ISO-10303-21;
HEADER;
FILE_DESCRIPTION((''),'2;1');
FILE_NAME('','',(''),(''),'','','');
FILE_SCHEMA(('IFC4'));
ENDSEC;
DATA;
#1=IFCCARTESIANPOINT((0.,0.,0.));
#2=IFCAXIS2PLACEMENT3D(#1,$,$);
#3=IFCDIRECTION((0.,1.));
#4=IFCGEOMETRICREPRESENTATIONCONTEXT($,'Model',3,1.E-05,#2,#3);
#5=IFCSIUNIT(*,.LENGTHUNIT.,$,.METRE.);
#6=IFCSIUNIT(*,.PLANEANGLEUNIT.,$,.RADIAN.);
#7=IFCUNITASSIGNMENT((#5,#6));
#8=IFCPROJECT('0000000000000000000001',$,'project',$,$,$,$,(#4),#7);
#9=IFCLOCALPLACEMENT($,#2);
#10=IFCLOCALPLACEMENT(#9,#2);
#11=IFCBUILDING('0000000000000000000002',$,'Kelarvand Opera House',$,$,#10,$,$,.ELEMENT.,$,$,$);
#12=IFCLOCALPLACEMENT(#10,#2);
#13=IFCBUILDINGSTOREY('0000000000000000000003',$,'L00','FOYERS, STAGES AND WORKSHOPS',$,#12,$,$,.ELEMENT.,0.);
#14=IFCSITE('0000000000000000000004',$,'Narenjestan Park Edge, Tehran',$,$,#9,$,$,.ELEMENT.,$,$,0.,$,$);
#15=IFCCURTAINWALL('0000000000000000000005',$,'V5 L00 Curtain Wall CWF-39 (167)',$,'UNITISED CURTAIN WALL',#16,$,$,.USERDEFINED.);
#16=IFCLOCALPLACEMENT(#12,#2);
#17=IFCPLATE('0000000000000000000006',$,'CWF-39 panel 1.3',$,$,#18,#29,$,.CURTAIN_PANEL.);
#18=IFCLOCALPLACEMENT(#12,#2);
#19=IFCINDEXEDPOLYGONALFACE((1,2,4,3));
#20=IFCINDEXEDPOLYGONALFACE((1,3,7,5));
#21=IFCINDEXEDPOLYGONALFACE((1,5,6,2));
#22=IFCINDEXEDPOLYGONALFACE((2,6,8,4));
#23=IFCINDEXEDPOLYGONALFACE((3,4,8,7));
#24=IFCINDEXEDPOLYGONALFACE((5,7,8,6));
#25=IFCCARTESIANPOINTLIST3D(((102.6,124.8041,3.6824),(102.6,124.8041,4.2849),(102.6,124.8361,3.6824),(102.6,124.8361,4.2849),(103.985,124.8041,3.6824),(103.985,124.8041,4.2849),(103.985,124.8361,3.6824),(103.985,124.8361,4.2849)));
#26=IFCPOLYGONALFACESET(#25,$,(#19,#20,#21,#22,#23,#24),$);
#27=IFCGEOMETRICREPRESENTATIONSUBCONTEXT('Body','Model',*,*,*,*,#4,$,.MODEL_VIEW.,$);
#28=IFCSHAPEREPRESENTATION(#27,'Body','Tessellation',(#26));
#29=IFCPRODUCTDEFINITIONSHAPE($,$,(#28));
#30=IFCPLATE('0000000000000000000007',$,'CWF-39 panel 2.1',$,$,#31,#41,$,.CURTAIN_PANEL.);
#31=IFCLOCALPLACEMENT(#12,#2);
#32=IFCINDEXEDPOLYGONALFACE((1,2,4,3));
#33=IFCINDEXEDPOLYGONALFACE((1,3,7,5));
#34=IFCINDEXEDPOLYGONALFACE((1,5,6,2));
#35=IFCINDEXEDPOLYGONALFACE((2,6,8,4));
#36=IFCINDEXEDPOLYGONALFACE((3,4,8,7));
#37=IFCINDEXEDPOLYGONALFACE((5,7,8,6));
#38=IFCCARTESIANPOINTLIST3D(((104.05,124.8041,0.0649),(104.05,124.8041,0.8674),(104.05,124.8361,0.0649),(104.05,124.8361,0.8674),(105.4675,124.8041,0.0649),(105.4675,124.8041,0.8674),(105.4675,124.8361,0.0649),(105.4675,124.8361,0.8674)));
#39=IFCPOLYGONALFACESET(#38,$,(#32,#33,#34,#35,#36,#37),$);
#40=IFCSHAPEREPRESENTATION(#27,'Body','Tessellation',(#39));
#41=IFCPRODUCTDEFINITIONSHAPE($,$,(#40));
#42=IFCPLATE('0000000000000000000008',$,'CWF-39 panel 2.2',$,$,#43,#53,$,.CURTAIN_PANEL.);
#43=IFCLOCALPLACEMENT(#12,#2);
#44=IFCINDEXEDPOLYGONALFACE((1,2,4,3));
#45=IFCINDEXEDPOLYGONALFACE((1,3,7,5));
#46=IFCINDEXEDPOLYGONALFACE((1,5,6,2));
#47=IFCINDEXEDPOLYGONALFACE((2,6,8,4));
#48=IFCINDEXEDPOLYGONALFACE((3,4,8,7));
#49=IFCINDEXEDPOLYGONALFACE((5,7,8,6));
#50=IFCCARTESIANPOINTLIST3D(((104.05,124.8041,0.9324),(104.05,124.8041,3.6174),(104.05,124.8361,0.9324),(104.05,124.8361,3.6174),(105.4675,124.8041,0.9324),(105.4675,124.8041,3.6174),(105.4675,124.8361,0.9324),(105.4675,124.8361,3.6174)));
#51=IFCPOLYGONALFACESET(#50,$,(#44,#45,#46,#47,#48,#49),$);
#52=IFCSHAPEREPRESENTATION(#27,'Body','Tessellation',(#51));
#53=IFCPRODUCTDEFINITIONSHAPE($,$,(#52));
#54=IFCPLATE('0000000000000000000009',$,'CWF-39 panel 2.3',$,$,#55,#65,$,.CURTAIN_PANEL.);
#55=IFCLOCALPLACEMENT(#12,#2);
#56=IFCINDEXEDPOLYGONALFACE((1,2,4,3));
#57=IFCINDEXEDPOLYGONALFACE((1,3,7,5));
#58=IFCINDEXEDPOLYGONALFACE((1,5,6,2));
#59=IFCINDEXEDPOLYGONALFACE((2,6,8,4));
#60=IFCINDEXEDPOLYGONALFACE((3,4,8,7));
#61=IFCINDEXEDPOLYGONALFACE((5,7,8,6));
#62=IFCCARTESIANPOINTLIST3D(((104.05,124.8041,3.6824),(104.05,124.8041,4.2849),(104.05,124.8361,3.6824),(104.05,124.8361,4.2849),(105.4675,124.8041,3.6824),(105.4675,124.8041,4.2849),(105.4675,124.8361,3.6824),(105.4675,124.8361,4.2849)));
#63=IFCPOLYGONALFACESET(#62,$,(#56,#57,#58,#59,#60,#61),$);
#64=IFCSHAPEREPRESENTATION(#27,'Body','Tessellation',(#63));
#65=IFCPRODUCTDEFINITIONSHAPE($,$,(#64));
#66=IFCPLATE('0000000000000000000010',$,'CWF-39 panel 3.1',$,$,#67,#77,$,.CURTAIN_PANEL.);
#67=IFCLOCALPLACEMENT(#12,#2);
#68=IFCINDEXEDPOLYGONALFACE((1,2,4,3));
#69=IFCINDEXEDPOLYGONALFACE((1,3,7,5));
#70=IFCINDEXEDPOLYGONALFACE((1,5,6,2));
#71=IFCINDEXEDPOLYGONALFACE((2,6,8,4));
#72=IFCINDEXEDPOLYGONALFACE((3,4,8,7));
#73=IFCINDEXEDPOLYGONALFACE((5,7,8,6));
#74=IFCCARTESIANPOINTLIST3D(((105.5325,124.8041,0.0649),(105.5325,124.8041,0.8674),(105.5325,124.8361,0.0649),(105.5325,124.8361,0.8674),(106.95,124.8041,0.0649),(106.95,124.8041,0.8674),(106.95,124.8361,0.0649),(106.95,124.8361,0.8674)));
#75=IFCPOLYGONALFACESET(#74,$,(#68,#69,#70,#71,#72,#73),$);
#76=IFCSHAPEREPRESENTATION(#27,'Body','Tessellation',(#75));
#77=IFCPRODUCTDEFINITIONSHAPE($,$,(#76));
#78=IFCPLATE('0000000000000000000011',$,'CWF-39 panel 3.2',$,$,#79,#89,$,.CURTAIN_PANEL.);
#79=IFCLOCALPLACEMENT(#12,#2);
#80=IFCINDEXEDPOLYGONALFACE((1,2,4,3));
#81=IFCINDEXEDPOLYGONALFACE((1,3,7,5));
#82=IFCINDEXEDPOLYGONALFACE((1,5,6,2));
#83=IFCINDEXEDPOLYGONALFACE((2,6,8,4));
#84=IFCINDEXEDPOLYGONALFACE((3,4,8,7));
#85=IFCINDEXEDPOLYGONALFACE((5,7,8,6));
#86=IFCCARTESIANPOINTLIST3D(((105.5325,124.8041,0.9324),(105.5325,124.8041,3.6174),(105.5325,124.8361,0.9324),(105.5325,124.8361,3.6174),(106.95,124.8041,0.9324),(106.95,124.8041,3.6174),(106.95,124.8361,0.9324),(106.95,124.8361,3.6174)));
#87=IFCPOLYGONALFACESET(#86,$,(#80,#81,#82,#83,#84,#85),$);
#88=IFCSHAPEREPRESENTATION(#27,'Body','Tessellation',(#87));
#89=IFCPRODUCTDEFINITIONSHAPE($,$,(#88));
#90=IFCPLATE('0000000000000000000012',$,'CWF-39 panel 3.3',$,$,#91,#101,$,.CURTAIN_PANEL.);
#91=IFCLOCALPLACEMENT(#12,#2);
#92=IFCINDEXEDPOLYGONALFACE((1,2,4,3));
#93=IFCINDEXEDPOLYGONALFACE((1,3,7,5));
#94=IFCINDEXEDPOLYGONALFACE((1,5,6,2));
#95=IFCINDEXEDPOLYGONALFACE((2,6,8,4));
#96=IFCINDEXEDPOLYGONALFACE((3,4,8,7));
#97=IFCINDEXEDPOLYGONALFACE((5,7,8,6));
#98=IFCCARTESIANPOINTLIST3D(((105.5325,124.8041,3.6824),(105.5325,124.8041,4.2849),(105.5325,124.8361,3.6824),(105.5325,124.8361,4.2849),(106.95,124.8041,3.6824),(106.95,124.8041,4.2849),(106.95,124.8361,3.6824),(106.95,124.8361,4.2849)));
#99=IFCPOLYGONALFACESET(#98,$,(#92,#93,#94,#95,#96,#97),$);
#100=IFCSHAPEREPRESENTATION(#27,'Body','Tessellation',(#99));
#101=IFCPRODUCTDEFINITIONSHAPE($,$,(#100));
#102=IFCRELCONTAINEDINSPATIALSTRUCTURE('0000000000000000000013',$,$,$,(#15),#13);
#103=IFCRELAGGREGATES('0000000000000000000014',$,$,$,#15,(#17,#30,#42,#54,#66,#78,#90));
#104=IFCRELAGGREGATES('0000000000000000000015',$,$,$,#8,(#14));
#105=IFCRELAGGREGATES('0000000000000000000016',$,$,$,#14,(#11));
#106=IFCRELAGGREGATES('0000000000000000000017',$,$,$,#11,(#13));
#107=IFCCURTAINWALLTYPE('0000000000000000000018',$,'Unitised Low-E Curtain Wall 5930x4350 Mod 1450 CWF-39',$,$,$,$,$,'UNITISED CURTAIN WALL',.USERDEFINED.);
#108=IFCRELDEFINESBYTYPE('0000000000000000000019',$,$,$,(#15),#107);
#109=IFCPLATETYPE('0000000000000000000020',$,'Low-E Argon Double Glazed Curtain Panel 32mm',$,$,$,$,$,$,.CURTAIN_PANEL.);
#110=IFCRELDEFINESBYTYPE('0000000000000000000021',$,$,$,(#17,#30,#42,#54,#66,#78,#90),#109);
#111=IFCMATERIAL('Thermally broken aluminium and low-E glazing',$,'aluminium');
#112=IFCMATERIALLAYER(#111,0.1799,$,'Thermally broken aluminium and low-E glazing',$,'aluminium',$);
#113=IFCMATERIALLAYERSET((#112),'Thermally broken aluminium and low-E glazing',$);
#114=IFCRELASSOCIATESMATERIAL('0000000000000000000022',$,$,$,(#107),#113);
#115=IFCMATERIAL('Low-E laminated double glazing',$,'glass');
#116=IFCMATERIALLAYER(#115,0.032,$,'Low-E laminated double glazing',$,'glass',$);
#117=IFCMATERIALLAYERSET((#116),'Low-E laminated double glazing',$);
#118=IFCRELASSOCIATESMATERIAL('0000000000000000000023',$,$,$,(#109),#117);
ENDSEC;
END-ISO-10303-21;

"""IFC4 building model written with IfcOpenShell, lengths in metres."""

from ifc_helpers import new_model, si_unit, direction, frame, origin, origin_2d, place, context, subcontext, project, spatial, rectangle, extrude, material, layer, layer_set, type_object, element, aggregate, save


model = new_model("IFC4")

# Units and contexts
model_context = context("Model", 3, precision=1e-05, world=origin(), true_north=direction((0.0, 1.0)))
body_context = subcontext(model_context, "Body", "Model", "MODEL_VIEW")
ifc_project = project(units=[si_unit("LENGTHUNIT", "METRE"), si_unit("PLANEANGLEUNIT", "RADIAN")], contexts=[model_context])

# Site, building, storey
site_placement = place(None, origin())
site = spatial("IfcSite", under=ifc_project, at=site_placement, Name="Narenjestan Park Edge, Tehran", CompositionType="ELEMENT", RefElevation=0.0)
building_placement = place(site_placement, origin())
building = spatial("IfcBuilding", under=site, at=building_placement, Name="Kelarvand Opera House", CompositionType="ELEMENT")
storey_placement = place(building_placement, origin())
storey = spatial("IfcBuildingStorey", under=building, at=storey_placement, Name="L00", Description="FOYERS, STAGES AND WORKSHOPS", CompositionType="ELEMENT", Elevation=0.0)

# Curtain wall, plates
ifc_material_1 = material(Name="Thermally broken aluminium and low-E glazing", Category="aluminium")
ifc_layer_1 = layer(ifc_material_1, 0.1799, Name="Thermally broken aluminium and low-E glazing", Category="aluminium")
ifc_layer_set_1 = layer_set([ifc_layer_1], Name="Thermally broken aluminium and low-E glazing")
curtain_wall_type = type_object("IfcCurtainWallType", Name="Unitised Low-E Curtain Wall 5930x4350 Mod 1450 CWF-39", ElementType="UNITISED CURTAIN WALL", PredefinedType="USERDEFINED", material=ifc_layer_set_1)
curtain_wall_placement = place(storey_placement, origin())
curtain_wall = element("IfcCurtainWall", 1, at=curtain_wall_placement, inside=storey, type_object=curtain_wall_type, Name="V5 L00 Curtain Wall CWF-39 (167)", ObjectType="UNITISED CURTAIN WALL", PredefinedType="USERDEFINED")
ifc_material_2 = material(Name="Low-E laminated double glazing", Category="glass")
ifc_layer_2 = layer(ifc_material_2, 0.032, Name="Low-E laminated double glazing", Category="glass")
ifc_layer_set_2 = layer_set([ifc_layer_2], Name="Low-E laminated double glazing")
plate_type = type_object("IfcPlateType", Name="Low-E Argon Double Glazed Curtain Panel 32mm", PredefinedType="CURTAIN_PANEL", material=ifc_layer_set_2)
plate_1_placement = place(storey_placement, frame((103.2925, 124.8201, 3.6824), z_axis=(0.0, 0.0, 1.0), x_axis=(1.0, 0.0, 0.0)))
plate_1 = element("IfcPlate", 2, at=plate_1_placement, type_object=plate_type, Name="CWF-39 panel 1.3", PredefinedType="CURTAIN_PANEL", context=body_context, shape_type="SweptSolid", body=[
    extrude(rectangle(XDim=1.385, YDim=0.032, at=origin_2d()), origin(), (0.0, 0.0, 1.0), 0.6025),
])
plate_2_placement = place(storey_placement, frame((104.7588, 124.8201, 0.0649), z_axis=(0.0, 0.0, 1.0), x_axis=(1.0, 0.0, 0.0)))
plate_2 = element("IfcPlate", 3, at=plate_2_placement, type_object=plate_type, Name="CWF-39 panel 2.1", PredefinedType="CURTAIN_PANEL", context=body_context, shape_type="SweptSolid", body=[
    extrude(rectangle(XDim=1.4175, YDim=0.032, at=origin_2d()), origin(), (0.0, 0.0, 1.0), 0.8025),
])
plate_3_placement = place(storey_placement, frame((104.7588, 124.8201, 0.9324), z_axis=(0.0, 0.0, 1.0), x_axis=(1.0, 0.0, 0.0)))
plate_3 = element("IfcPlate", 4, at=plate_3_placement, type_object=plate_type, Name="CWF-39 panel 2.2", PredefinedType="CURTAIN_PANEL", context=body_context, shape_type="SweptSolid", body=[
    extrude(rectangle(XDim=1.4175, YDim=0.032, at=origin_2d()), origin(), (0.0, 0.0, 1.0), 2.6851),
])
plate_4_placement = place(storey_placement, frame((104.7588, 124.8201, 3.6824), z_axis=(0.0, 0.0, 1.0), x_axis=(1.0, 0.0, 0.0)))
plate_4 = element("IfcPlate", 5, at=plate_4_placement, type_object=plate_type, Name="CWF-39 panel 2.3", PredefinedType="CURTAIN_PANEL", context=body_context, shape_type="SweptSolid", body=[
    extrude(rectangle(XDim=1.4175, YDim=0.032, at=origin_2d()), origin(), (0.0, 0.0, 1.0), 0.6025),
])
plate_5_placement = place(storey_placement, frame((106.2412, 124.8201, 0.0649), z_axis=(0.0, 0.0, 1.0), x_axis=(1.0, 0.0, 0.0)))
plate_5 = element("IfcPlate", 6, at=plate_5_placement, type_object=plate_type, Name="CWF-39 panel 3.1", PredefinedType="CURTAIN_PANEL", context=body_context, shape_type="SweptSolid", body=[
    extrude(rectangle(XDim=1.4175, YDim=0.032, at=origin_2d()), origin(), (0.0, 0.0, 1.0), 0.8025),
])
plate_6_placement = place(storey_placement, frame((106.2412, 124.8201, 0.9324), z_axis=(0.0, 0.0, 1.0), x_axis=(1.0, 0.0, 0.0)))
plate_6 = element("IfcPlate", 7, at=plate_6_placement, type_object=plate_type, Name="CWF-39 panel 3.2", PredefinedType="CURTAIN_PANEL", context=body_context, shape_type="SweptSolid", body=[
    extrude(rectangle(XDim=1.4175, YDim=0.032, at=origin_2d()), origin(), (0.0, 0.0, 1.0), 2.6851),
])
plate_7_placement = place(storey_placement, frame((106.2412, 124.8201, 3.6824), z_axis=(0.0, 0.0, 1.0), x_axis=(1.0, 0.0, 0.0)))
plate_7 = element("IfcPlate", 8, at=plate_7_placement, type_object=plate_type, Name="CWF-39 panel 3.3", PredefinedType="CURTAIN_PANEL", context=body_context, shape_type="SweptSolid", body=[
    extrude(rectangle(XDim=1.4175, YDim=0.032, at=origin_2d()), origin(), (0.0, 0.0, 1.0), 0.6025),
])
aggregate(curtain_wall, [plate_1, plate_2, plate_3, plate_4, plate_5, plate_6, plate_7])

save(model, "model.ifc")
